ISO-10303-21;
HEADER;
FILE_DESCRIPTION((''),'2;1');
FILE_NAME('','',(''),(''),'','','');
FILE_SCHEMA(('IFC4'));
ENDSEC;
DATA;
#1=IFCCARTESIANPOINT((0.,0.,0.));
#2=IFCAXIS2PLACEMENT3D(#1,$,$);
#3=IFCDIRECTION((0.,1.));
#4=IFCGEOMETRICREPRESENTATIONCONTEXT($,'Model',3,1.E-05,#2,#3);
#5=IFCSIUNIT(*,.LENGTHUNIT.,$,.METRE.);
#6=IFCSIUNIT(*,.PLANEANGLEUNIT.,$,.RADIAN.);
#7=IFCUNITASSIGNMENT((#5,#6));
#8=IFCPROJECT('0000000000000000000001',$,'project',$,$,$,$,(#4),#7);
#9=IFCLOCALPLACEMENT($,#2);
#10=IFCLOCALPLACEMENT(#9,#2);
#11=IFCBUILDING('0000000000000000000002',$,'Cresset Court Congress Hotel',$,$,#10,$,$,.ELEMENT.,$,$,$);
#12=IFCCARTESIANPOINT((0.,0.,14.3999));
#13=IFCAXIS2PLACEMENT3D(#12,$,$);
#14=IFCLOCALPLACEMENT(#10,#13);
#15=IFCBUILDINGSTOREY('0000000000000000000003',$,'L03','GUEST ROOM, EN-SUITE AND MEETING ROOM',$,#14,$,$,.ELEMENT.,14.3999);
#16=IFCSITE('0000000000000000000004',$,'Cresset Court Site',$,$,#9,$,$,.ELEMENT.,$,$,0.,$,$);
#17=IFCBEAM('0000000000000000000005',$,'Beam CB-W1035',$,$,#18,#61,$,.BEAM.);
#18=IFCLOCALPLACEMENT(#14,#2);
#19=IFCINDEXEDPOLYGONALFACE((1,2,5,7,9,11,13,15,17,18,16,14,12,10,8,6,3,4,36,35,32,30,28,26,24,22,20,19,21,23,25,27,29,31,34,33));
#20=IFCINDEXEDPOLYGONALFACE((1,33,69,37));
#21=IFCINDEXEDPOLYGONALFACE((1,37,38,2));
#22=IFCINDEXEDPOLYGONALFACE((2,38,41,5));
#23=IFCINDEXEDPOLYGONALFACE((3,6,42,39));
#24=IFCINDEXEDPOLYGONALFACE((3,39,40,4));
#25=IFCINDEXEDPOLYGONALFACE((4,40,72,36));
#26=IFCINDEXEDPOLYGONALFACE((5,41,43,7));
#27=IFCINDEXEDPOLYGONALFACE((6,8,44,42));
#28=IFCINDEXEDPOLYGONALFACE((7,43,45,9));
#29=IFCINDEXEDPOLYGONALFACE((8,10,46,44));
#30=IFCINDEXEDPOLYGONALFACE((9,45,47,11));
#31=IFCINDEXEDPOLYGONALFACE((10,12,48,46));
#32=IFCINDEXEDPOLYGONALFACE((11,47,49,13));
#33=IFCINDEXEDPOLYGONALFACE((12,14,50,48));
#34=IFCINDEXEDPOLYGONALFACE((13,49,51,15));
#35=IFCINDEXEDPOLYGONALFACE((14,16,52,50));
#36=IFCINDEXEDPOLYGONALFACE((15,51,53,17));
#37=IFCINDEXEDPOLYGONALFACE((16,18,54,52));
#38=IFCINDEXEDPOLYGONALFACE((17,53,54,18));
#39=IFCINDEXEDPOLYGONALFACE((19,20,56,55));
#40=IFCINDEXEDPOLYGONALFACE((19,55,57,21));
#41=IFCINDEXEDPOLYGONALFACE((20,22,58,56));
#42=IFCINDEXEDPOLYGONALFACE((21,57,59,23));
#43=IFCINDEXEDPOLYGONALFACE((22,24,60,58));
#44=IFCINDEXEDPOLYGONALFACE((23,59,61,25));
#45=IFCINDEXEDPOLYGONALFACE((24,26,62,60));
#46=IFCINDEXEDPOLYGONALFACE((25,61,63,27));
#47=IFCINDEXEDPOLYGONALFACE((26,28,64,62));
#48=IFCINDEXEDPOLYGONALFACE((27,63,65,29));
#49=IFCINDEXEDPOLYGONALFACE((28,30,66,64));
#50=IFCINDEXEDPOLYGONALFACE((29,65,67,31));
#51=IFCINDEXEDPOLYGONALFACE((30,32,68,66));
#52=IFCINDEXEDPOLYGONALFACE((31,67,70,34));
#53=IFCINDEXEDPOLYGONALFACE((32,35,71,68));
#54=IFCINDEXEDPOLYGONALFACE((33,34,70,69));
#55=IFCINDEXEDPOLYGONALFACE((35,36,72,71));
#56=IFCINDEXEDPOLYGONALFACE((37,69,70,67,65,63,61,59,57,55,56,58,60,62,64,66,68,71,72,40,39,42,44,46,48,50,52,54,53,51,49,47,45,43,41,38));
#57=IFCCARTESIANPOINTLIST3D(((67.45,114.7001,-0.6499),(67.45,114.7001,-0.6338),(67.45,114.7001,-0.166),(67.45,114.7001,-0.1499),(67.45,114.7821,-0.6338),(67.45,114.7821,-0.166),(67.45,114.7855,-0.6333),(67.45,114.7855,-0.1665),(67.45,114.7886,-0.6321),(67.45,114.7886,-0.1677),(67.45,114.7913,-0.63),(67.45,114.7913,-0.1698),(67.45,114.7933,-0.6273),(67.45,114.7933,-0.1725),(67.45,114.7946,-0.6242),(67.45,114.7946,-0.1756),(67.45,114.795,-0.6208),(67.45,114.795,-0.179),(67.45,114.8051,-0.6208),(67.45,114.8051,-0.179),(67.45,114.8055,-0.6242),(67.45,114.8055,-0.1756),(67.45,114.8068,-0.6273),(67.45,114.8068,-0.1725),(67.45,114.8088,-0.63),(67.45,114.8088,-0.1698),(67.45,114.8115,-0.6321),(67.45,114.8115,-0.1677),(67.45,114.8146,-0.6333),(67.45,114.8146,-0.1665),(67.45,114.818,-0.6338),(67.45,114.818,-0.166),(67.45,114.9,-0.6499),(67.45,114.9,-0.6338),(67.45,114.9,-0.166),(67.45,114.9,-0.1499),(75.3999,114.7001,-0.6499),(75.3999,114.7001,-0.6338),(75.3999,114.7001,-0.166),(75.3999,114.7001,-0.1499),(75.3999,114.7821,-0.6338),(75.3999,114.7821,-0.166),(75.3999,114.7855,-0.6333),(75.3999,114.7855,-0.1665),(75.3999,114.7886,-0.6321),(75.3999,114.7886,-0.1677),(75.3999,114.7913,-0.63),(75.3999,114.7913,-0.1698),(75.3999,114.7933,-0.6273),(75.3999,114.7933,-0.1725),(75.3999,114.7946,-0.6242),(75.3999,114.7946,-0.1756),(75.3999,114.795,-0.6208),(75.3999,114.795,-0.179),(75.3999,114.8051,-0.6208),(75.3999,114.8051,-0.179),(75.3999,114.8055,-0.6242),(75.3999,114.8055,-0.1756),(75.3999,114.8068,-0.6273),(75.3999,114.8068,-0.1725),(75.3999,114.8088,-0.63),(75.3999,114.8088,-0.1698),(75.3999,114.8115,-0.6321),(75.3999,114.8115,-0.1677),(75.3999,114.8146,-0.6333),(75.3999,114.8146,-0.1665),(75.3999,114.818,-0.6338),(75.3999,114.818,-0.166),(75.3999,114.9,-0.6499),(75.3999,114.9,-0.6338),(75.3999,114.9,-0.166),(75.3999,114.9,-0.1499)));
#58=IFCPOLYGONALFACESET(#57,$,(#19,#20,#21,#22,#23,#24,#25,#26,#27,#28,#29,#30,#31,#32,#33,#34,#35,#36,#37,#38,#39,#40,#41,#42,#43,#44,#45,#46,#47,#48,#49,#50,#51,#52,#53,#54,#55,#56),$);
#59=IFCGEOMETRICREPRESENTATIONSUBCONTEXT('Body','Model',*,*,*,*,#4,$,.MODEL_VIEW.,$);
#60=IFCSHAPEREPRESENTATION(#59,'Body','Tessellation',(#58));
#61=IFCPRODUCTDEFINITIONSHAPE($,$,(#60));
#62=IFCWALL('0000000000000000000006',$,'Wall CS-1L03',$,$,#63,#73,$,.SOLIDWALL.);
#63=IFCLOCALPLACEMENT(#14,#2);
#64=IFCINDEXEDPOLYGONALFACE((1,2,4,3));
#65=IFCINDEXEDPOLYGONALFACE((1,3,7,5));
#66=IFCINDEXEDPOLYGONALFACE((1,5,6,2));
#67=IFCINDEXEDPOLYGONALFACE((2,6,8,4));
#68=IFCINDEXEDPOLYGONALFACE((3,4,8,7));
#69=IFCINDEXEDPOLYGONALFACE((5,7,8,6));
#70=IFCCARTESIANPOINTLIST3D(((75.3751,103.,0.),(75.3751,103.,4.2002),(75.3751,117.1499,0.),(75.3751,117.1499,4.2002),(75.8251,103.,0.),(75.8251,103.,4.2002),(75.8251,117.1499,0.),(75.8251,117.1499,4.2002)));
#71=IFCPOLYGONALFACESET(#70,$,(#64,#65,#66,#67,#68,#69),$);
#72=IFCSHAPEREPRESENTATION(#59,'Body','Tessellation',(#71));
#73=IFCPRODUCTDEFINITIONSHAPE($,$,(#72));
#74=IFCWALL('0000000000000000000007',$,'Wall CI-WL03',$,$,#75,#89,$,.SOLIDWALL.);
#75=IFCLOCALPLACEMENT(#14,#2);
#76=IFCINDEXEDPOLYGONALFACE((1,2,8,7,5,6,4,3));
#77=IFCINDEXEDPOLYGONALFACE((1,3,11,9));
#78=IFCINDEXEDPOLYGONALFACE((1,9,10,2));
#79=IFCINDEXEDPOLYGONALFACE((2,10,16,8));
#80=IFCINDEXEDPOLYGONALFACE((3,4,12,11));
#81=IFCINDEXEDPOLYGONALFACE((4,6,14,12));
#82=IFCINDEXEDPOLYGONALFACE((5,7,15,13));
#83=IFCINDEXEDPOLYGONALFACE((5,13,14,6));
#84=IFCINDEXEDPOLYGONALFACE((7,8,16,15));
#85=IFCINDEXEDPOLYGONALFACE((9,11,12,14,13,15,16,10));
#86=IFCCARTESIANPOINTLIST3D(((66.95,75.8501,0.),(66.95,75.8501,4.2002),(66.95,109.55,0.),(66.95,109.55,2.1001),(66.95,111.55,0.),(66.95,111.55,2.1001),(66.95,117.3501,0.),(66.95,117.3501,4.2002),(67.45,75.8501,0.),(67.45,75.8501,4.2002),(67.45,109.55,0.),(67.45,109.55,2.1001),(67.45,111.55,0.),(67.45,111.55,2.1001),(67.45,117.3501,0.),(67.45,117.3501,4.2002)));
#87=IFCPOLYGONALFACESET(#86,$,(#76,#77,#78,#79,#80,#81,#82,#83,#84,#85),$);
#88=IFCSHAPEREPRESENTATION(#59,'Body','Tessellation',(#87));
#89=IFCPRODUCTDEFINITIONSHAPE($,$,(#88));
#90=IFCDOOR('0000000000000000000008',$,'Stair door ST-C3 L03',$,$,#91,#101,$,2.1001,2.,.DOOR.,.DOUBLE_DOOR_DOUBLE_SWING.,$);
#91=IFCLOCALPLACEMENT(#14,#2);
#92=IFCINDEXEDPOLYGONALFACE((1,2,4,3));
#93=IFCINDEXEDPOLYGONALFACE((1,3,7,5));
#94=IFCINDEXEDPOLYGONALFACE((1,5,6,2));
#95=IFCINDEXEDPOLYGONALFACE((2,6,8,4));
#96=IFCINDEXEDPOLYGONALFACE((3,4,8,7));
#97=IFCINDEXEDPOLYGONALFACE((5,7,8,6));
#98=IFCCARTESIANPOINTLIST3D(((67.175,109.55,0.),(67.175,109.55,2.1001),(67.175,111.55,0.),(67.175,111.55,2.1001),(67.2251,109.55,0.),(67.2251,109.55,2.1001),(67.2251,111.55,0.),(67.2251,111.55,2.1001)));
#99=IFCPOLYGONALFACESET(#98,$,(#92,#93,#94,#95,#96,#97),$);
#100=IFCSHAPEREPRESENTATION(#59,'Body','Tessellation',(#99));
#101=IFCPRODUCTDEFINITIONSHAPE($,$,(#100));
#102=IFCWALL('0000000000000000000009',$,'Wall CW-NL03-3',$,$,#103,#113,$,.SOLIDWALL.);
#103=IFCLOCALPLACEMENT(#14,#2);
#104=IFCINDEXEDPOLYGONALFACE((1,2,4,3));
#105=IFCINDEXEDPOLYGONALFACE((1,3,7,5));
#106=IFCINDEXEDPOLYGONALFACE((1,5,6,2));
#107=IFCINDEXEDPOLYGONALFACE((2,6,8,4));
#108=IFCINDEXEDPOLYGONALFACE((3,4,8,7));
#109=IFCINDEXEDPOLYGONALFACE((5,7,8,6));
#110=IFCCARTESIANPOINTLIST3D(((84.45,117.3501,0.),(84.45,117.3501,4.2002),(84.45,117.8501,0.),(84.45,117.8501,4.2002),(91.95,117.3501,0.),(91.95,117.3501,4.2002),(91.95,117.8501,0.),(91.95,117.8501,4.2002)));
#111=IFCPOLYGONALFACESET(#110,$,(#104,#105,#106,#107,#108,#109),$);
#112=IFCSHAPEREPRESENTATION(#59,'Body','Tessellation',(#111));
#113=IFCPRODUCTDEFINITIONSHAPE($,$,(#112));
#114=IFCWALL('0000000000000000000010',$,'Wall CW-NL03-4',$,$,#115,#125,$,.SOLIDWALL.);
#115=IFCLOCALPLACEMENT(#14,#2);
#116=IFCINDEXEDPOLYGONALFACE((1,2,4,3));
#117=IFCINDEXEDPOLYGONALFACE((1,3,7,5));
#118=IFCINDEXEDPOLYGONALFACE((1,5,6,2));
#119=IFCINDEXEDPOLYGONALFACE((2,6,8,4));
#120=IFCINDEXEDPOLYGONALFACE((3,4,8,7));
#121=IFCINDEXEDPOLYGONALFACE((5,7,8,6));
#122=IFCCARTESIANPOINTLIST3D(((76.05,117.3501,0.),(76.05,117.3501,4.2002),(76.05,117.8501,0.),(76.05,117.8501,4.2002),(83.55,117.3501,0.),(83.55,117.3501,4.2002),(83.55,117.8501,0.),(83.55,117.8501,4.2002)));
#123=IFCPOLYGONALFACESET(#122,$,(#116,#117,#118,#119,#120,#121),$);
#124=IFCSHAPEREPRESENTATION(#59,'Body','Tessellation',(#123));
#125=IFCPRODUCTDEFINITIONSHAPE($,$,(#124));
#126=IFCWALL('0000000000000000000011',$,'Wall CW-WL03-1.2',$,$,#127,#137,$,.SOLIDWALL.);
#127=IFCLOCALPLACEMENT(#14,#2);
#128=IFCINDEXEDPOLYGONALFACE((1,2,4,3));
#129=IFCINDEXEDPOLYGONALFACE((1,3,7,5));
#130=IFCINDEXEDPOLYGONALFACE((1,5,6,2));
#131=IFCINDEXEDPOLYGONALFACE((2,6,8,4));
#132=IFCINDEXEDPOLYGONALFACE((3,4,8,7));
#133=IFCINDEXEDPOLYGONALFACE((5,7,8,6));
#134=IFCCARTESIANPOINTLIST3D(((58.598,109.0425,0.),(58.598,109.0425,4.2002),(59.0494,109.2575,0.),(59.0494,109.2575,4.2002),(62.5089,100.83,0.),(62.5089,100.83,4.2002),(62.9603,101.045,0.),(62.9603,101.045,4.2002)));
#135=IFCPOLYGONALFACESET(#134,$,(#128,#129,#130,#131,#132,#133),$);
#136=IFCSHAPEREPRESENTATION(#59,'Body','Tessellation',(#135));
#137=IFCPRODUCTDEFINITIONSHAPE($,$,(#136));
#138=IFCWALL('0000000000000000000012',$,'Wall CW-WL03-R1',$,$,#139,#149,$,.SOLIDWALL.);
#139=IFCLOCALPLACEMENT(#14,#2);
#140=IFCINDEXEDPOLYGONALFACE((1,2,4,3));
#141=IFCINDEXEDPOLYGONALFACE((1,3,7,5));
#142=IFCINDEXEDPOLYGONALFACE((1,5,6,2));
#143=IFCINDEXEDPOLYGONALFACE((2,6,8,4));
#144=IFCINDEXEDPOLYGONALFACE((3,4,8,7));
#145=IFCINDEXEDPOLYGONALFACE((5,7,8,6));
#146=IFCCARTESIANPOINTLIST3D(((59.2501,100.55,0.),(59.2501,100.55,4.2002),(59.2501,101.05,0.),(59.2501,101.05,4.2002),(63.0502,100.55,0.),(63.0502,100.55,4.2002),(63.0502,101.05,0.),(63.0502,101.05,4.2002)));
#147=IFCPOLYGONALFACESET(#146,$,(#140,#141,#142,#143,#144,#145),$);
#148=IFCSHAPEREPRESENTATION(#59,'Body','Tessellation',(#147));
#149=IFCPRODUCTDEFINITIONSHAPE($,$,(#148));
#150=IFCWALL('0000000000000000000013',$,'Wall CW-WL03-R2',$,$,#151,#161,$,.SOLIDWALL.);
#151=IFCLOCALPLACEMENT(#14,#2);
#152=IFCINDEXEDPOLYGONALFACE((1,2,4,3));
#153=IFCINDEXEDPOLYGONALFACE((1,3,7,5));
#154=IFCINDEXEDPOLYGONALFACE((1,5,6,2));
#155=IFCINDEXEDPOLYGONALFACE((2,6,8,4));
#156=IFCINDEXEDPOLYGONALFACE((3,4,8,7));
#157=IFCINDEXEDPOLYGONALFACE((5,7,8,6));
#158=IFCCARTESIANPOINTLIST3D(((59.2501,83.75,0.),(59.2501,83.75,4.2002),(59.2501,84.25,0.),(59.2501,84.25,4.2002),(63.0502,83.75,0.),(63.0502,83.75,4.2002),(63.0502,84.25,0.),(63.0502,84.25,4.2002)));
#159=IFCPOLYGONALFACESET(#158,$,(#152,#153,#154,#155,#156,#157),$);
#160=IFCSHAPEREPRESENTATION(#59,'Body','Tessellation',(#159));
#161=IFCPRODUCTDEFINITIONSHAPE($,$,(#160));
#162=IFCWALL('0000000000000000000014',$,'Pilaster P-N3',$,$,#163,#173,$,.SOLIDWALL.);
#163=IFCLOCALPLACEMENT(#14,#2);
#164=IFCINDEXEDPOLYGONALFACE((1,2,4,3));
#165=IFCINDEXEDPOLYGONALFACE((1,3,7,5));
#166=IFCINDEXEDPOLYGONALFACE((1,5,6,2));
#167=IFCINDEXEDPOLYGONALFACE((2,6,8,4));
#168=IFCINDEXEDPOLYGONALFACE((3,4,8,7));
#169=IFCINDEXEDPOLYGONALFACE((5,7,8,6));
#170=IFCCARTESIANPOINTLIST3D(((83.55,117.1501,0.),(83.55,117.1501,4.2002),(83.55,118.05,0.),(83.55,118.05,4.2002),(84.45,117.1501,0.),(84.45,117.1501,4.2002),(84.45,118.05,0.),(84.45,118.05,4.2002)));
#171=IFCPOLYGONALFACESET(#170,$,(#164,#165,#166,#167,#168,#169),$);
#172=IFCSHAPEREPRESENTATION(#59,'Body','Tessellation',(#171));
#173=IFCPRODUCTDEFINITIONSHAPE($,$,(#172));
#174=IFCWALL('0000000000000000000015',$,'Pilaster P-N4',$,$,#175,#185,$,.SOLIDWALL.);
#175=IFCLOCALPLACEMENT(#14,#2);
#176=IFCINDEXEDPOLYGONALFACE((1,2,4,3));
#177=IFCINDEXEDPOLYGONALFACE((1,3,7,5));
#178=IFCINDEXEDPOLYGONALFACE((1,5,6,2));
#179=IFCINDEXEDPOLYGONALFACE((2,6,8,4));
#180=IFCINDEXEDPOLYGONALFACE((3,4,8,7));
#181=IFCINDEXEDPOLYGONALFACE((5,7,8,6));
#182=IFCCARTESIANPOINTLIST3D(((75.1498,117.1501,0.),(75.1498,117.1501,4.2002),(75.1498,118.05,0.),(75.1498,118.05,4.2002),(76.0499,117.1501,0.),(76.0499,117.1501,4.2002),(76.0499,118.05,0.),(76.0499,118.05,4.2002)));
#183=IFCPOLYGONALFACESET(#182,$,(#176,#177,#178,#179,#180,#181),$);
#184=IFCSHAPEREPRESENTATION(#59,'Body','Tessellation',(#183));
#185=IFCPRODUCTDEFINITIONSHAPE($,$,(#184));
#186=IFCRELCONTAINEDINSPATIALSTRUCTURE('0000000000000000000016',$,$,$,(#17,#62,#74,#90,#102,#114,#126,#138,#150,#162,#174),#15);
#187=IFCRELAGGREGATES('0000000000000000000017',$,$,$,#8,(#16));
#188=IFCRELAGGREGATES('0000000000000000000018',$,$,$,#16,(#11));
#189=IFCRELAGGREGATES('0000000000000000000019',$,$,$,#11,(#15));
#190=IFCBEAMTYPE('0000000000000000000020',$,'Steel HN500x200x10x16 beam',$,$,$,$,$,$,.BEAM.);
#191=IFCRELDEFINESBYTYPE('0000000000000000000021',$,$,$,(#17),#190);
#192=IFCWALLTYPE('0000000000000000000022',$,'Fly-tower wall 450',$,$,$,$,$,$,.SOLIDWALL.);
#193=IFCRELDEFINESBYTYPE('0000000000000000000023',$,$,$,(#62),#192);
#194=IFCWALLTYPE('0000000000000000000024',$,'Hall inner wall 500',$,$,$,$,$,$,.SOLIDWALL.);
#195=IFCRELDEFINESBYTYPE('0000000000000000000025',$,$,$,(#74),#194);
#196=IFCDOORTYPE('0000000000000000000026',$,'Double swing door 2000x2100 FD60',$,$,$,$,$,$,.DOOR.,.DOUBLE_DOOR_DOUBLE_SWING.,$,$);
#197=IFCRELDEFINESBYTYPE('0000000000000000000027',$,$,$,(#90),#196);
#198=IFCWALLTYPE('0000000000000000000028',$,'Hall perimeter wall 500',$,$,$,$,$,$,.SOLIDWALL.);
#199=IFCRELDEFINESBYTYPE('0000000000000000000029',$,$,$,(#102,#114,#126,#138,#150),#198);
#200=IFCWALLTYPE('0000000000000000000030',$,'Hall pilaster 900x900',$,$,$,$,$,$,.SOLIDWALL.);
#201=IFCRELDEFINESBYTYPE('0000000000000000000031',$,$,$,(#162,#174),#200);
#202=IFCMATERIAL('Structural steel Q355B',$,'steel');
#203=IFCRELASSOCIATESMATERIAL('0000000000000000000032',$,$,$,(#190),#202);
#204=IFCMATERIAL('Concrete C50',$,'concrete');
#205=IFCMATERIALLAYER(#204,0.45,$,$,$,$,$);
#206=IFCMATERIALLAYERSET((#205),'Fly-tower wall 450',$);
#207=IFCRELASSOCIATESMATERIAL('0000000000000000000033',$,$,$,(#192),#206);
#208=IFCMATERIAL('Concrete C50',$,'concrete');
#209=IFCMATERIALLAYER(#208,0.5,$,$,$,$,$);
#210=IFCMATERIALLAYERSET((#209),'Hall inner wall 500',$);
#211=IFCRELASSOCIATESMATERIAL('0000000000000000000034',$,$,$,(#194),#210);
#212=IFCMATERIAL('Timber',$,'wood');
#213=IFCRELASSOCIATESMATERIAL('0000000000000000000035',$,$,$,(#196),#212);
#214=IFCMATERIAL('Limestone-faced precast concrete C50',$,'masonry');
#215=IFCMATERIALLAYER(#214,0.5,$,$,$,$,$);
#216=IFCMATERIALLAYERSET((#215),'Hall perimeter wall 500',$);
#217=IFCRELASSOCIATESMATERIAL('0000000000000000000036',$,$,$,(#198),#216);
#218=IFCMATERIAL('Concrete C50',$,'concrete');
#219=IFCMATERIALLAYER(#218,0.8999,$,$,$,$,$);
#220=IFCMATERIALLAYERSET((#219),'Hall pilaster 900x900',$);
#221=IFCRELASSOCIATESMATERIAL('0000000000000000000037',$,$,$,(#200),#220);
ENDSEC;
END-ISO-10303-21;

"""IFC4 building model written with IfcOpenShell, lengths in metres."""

from ifc_helpers import new_model, si_unit, direction, frame, frame_2d, origin, origin_2d, place, context, subcontext, project, spatial, rectangle, i_section, extrude, material, layer, layer_set, material_profile, profile_set, type_object, element, fill, save


model = new_model("IFC4")

# Units and contexts
model_context = context("Model", 3, precision=1e-05, world=origin(), true_north=direction((0.0, 1.0)))
body_context = subcontext(model_context, "Body", "Model", "MODEL_VIEW")
ifc_project = project(units=[si_unit("LENGTHUNIT", "METRE"), si_unit("PLANEANGLEUNIT", "RADIAN")], contexts=[model_context])

# Site, building, storey
site_placement = place(None, origin())
site = spatial("IfcSite", under=ifc_project, at=site_placement, Name="Cresset Court Site", CompositionType="ELEMENT", RefElevation=0.0)
building_placement = place(site_placement, origin())
building = spatial("IfcBuilding", under=site, at=building_placement, Name="Cresset Court Congress Hotel", CompositionType="ELEMENT")
storey_placement = place(building_placement, frame((0.0, 0.0, 14.3999)))
storey = spatial("IfcBuildingStorey", under=building, at=storey_placement, Name="L03", Description="GUEST ROOM, EN-SUITE AND MEETING ROOM", CompositionType="ELEMENT", Elevation=14.3999)

# Beam
ifc_material_1 = material(Name="Structural steel Q355B", Category="steel")
ifc_material_profile = material_profile(ifc_material_1, i_section(OverallWidth=0.2, OverallDepth=0.5, WebThickness=0.01, FlangeThickness=0.0161, FilletRadius=0.0129, at=origin_2d()), Name="HN500x200x10x16")
ifc_profile_set = profile_set([ifc_material_profile], Name="Structural steel Q355B")
beam_type = type_object("IfcBeamType", Name="Steel HN500x200x10x16 beam", PredefinedType="BEAM", material=ifc_profile_set)
for number, where, z_axis, x_axis, name in (
    (1, (67.45, 114.8, -0.3999), (1.0, 0.0, 0.0), (0.0, 1.0, 0.0), "Beam CB-W1035"),
):
    element("IfcBeam", number, at=place(storey_placement, frame(where, z_axis=z_axis, x_axis=x_axis)), inside=storey, type_object=beam_type, Name=name, PredefinedType="BEAM", context=body_context, shape_type="SweptSolid", body=[
        extrude(i_section(OverallWidth=0.2, OverallDepth=0.5, WebThickness=0.01, FlangeThickness=0.0161, FilletRadius=0.0129, at=origin_2d()), origin(), (0.0, 0.0, 1.0), 7.95),
    ])

# Wall
ifc_material_2 = material(Name="Concrete C50", Category="concrete")
ifc_layer_1 = layer(ifc_material_2, 0.45)
ifc_layer_set_1 = layer_set([ifc_layer_1], Name="Fly-tower wall 450")
wall_type_1 = type_object("IfcWallType", Name="Fly-tower wall 450", PredefinedType="SOLIDWALL", material=ifc_layer_set_1)
wall_1_placement = place(storey_placement, frame((75.6001, 103.0, 0.0), z_axis=(0.0, 0.0, 1.0), x_axis=(0.0, 1.0, 0.0)))
element("IfcWall", 2, at=wall_1_placement, inside=storey, type_object=wall_type_1, Name="Wall CS-1L03", PredefinedType="SOLIDWALL", context=body_context, shape_type="SweptSolid", body=[
    extrude(rectangle(XDim=14.1499, YDim=0.45, at=frame_2d((7.075, 0.0))), origin(), (0.0, 0.0, 1.0), 4.2002),
])

# Wall, opening, door
ifc_material_3 = material(Name="Concrete C50", Category="concrete")
ifc_layer_2 = layer(ifc_material_3, 0.5)
ifc_layer_set_2 = layer_set([ifc_layer_2], Name="Hall inner wall 500")
wall_type_2 = type_object("IfcWallType", Name="Hall inner wall 500", PredefinedType="SOLIDWALL", material=ifc_layer_set_2)
wall_2_placement = place(storey_placement, frame((67.2, 75.8501, 0.0), z_axis=(0.0, 0.0, 1.0), x_axis=(0.0, 1.0, 0.0)))
wall_2 = element("IfcWall", 3, at=wall_2_placement, inside=storey, type_object=wall_type_2, Name="Wall CI-WL03", PredefinedType="SOLIDWALL", context=body_context, shape_type="SweptSolid", body=[
    extrude(rectangle(XDim=41.5, YDim=0.5, at=frame_2d((20.75, 0.0))), origin(), (0.0, 0.0, 1.0), 4.2002),
])
opening_placement = place(wall_2_placement, frame((33.7, 0.0, 0.0)))
opening = element("IfcOpeningElement", 4, at=opening_placement, cuts=wall_2, PredefinedType="OPENING", context=body_context, shape_type="SweptSolid", body=[
    extrude(rectangle(XDim=2.0, YDim=2.1001, at=frame_2d((1.0, 1.05))), frame((0.0, 0.26, 0.0), z_axis=(0.0, -1.0, 0.0), x_axis=(1.0, 0.0, 0.0)), (0.0, 0.0, 1.0), 0.52),
])
ifc_material_4 = material(Name="Timber", Category="wood")
door_type = type_object("IfcDoorType", Name="Double swing door 2000x2100 FD60", OperationType="DOUBLE_DOOR_DOUBLE_SWING", PredefinedType="DOOR", material=ifc_material_4)
door_placement = place(opening_placement, origin())
door = element("IfcDoor", 5, at=door_placement, inside=storey, type_object=door_type, Name="Stair door ST-C3 L03", OperationType="DOUBLE_DOOR_DOUBLE_SWING", OverallHeight=2.1001, OverallWidth=2.0, PredefinedType="DOOR", context=body_context, shape_type="SweptSolid", body=[
    extrude(rectangle(XDim=2.0, YDim=2.1001, at=frame_2d((1.0, 1.05))), frame((0.0, 0.0249, 0.0), z_axis=(0.0, -1.0, 0.0), x_axis=(1.0, 0.0, 0.0)), (0.0, 0.0, 1.0), 0.05),
])
fill(opening, door)

# Walls
ifc_material_5 = material(Name="Limestone-faced precast concrete C50", Category="masonry")
ifc_layer_3 = layer(ifc_material_5, 0.5)
ifc_layer_set_3 = layer_set([ifc_layer_3], Name="Hall perimeter wall 500")
wall_type_3 = type_object("IfcWallType", Name="Hall perimeter wall 500", PredefinedType="SOLIDWALL", material=ifc_layer_set_3)
for number, where, z_axis, x_axis, name in (
    (6, (84.45, 117.6001, 0.0), (0.0, 0.0, 1.0), (1.0, 0.0, 0.0), "Wall CW-NL03-3"),
    (7, (76.05, 117.6001, 0.0), (0.0, 0.0, 1.0), (1.0, 0.0, 0.0), "Wall CW-NL03-4"),
):
    element("IfcWall", number, at=place(storey_placement, frame(where, z_axis=z_axis, x_axis=x_axis)), inside=storey, type_object=wall_type_3, Name=name, PredefinedType="SOLIDWALL", context=body_context, shape_type="SweptSolid", body=[
        extrude(rectangle(XDim=7.5, YDim=0.5, at=frame_2d((3.75, 0.0))), origin(), (0.0, 0.0, 1.0), 4.2002),
    ])
wall_3_placement = place(storey_placement, frame((62.7346, 100.9375, 0.0), z_axis=(0.0, 0.0, 1.0), x_axis=(-0.429953, 0.902851, 0.0)))
element("IfcWall", 8, at=wall_3_placement, inside=storey, type_object=wall_type_3, Name="Wall CW-WL03-1.2", PredefinedType="SOLIDWALL", context=body_context, shape_type="SweptSolid", body=[
    extrude(rectangle(XDim=9.0962, YDim=0.5, at=frame_2d((4.5481, 0.0))), origin(), (0.0, 0.0, 1.0), 4.2002),
])
for number, where, z_axis, x_axis, name in (
    (9, (63.05, 100.8, 0.0), (0.0, 0.0, 1.0), (-1.0, 0.0, 0.0), "Wall CW-WL03-R1"),
    (10, (63.05, 84.0, 0.0), (0.0, 0.0, 1.0), (-1.0, 0.0, 0.0), "Wall CW-WL03-R2"),
):
    element("IfcWall", number, at=place(storey_placement, frame(where, z_axis=z_axis, x_axis=x_axis)), inside=storey, type_object=wall_type_3, Name=name, PredefinedType="SOLIDWALL", context=body_context, shape_type="SweptSolid", body=[
        extrude(rectangle(XDim=3.8, YDim=0.5, at=frame_2d((1.8999, 0.0))), origin(), (0.0, 0.0, 1.0), 4.2002),
    ])
ifc_material_6 = material(Name="Concrete C50", Category="concrete")
ifc_layer_4 = layer(ifc_material_6, 0.8999)
ifc_layer_set_4 = layer_set([ifc_layer_4], Name="Hall pilaster 900x900")
wall_type_4 = type_object("IfcWallType", Name="Hall pilaster 900x900", PredefinedType="SOLIDWALL", material=ifc_layer_set_4)
wall_4_placement = place(storey_placement, frame((84.45, 117.6001, 0.0), z_axis=(0.0, 0.0, 1.0), x_axis=(-1.0, 0.0, 0.0)))
element("IfcWall", 11, at=wall_4_placement, inside=storey, type_object=wall_type_4, Name="Pilaster P-N3", PredefinedType="SOLIDWALL", context=body_context, shape_type="SweptSolid", body=[
    extrude(rectangle(XDim=0.8999, YDim=0.8999, at=frame_2d((0.45, 0.0))), origin(), (0.0, 0.0, 1.0), 4.2002),
])
wall_5_placement = place(storey_placement, frame((76.05, 117.6001, 0.0), z_axis=(0.0, 0.0, 1.0), x_axis=(-1.0, 0.0, 0.0)))
element("IfcWall", 12, at=wall_5_placement, inside=storey, type_object=wall_type_4, Name="Pilaster P-N4", PredefinedType="SOLIDWALL", context=body_context, shape_type="SweptSolid", body=[
    extrude(rectangle(XDim=0.9001, YDim=0.8999, at=frame_2d((0.4502, 0.0))), origin(), (0.0, 0.0, 1.0), 4.2002),
])

save(model, "model.ifc")
